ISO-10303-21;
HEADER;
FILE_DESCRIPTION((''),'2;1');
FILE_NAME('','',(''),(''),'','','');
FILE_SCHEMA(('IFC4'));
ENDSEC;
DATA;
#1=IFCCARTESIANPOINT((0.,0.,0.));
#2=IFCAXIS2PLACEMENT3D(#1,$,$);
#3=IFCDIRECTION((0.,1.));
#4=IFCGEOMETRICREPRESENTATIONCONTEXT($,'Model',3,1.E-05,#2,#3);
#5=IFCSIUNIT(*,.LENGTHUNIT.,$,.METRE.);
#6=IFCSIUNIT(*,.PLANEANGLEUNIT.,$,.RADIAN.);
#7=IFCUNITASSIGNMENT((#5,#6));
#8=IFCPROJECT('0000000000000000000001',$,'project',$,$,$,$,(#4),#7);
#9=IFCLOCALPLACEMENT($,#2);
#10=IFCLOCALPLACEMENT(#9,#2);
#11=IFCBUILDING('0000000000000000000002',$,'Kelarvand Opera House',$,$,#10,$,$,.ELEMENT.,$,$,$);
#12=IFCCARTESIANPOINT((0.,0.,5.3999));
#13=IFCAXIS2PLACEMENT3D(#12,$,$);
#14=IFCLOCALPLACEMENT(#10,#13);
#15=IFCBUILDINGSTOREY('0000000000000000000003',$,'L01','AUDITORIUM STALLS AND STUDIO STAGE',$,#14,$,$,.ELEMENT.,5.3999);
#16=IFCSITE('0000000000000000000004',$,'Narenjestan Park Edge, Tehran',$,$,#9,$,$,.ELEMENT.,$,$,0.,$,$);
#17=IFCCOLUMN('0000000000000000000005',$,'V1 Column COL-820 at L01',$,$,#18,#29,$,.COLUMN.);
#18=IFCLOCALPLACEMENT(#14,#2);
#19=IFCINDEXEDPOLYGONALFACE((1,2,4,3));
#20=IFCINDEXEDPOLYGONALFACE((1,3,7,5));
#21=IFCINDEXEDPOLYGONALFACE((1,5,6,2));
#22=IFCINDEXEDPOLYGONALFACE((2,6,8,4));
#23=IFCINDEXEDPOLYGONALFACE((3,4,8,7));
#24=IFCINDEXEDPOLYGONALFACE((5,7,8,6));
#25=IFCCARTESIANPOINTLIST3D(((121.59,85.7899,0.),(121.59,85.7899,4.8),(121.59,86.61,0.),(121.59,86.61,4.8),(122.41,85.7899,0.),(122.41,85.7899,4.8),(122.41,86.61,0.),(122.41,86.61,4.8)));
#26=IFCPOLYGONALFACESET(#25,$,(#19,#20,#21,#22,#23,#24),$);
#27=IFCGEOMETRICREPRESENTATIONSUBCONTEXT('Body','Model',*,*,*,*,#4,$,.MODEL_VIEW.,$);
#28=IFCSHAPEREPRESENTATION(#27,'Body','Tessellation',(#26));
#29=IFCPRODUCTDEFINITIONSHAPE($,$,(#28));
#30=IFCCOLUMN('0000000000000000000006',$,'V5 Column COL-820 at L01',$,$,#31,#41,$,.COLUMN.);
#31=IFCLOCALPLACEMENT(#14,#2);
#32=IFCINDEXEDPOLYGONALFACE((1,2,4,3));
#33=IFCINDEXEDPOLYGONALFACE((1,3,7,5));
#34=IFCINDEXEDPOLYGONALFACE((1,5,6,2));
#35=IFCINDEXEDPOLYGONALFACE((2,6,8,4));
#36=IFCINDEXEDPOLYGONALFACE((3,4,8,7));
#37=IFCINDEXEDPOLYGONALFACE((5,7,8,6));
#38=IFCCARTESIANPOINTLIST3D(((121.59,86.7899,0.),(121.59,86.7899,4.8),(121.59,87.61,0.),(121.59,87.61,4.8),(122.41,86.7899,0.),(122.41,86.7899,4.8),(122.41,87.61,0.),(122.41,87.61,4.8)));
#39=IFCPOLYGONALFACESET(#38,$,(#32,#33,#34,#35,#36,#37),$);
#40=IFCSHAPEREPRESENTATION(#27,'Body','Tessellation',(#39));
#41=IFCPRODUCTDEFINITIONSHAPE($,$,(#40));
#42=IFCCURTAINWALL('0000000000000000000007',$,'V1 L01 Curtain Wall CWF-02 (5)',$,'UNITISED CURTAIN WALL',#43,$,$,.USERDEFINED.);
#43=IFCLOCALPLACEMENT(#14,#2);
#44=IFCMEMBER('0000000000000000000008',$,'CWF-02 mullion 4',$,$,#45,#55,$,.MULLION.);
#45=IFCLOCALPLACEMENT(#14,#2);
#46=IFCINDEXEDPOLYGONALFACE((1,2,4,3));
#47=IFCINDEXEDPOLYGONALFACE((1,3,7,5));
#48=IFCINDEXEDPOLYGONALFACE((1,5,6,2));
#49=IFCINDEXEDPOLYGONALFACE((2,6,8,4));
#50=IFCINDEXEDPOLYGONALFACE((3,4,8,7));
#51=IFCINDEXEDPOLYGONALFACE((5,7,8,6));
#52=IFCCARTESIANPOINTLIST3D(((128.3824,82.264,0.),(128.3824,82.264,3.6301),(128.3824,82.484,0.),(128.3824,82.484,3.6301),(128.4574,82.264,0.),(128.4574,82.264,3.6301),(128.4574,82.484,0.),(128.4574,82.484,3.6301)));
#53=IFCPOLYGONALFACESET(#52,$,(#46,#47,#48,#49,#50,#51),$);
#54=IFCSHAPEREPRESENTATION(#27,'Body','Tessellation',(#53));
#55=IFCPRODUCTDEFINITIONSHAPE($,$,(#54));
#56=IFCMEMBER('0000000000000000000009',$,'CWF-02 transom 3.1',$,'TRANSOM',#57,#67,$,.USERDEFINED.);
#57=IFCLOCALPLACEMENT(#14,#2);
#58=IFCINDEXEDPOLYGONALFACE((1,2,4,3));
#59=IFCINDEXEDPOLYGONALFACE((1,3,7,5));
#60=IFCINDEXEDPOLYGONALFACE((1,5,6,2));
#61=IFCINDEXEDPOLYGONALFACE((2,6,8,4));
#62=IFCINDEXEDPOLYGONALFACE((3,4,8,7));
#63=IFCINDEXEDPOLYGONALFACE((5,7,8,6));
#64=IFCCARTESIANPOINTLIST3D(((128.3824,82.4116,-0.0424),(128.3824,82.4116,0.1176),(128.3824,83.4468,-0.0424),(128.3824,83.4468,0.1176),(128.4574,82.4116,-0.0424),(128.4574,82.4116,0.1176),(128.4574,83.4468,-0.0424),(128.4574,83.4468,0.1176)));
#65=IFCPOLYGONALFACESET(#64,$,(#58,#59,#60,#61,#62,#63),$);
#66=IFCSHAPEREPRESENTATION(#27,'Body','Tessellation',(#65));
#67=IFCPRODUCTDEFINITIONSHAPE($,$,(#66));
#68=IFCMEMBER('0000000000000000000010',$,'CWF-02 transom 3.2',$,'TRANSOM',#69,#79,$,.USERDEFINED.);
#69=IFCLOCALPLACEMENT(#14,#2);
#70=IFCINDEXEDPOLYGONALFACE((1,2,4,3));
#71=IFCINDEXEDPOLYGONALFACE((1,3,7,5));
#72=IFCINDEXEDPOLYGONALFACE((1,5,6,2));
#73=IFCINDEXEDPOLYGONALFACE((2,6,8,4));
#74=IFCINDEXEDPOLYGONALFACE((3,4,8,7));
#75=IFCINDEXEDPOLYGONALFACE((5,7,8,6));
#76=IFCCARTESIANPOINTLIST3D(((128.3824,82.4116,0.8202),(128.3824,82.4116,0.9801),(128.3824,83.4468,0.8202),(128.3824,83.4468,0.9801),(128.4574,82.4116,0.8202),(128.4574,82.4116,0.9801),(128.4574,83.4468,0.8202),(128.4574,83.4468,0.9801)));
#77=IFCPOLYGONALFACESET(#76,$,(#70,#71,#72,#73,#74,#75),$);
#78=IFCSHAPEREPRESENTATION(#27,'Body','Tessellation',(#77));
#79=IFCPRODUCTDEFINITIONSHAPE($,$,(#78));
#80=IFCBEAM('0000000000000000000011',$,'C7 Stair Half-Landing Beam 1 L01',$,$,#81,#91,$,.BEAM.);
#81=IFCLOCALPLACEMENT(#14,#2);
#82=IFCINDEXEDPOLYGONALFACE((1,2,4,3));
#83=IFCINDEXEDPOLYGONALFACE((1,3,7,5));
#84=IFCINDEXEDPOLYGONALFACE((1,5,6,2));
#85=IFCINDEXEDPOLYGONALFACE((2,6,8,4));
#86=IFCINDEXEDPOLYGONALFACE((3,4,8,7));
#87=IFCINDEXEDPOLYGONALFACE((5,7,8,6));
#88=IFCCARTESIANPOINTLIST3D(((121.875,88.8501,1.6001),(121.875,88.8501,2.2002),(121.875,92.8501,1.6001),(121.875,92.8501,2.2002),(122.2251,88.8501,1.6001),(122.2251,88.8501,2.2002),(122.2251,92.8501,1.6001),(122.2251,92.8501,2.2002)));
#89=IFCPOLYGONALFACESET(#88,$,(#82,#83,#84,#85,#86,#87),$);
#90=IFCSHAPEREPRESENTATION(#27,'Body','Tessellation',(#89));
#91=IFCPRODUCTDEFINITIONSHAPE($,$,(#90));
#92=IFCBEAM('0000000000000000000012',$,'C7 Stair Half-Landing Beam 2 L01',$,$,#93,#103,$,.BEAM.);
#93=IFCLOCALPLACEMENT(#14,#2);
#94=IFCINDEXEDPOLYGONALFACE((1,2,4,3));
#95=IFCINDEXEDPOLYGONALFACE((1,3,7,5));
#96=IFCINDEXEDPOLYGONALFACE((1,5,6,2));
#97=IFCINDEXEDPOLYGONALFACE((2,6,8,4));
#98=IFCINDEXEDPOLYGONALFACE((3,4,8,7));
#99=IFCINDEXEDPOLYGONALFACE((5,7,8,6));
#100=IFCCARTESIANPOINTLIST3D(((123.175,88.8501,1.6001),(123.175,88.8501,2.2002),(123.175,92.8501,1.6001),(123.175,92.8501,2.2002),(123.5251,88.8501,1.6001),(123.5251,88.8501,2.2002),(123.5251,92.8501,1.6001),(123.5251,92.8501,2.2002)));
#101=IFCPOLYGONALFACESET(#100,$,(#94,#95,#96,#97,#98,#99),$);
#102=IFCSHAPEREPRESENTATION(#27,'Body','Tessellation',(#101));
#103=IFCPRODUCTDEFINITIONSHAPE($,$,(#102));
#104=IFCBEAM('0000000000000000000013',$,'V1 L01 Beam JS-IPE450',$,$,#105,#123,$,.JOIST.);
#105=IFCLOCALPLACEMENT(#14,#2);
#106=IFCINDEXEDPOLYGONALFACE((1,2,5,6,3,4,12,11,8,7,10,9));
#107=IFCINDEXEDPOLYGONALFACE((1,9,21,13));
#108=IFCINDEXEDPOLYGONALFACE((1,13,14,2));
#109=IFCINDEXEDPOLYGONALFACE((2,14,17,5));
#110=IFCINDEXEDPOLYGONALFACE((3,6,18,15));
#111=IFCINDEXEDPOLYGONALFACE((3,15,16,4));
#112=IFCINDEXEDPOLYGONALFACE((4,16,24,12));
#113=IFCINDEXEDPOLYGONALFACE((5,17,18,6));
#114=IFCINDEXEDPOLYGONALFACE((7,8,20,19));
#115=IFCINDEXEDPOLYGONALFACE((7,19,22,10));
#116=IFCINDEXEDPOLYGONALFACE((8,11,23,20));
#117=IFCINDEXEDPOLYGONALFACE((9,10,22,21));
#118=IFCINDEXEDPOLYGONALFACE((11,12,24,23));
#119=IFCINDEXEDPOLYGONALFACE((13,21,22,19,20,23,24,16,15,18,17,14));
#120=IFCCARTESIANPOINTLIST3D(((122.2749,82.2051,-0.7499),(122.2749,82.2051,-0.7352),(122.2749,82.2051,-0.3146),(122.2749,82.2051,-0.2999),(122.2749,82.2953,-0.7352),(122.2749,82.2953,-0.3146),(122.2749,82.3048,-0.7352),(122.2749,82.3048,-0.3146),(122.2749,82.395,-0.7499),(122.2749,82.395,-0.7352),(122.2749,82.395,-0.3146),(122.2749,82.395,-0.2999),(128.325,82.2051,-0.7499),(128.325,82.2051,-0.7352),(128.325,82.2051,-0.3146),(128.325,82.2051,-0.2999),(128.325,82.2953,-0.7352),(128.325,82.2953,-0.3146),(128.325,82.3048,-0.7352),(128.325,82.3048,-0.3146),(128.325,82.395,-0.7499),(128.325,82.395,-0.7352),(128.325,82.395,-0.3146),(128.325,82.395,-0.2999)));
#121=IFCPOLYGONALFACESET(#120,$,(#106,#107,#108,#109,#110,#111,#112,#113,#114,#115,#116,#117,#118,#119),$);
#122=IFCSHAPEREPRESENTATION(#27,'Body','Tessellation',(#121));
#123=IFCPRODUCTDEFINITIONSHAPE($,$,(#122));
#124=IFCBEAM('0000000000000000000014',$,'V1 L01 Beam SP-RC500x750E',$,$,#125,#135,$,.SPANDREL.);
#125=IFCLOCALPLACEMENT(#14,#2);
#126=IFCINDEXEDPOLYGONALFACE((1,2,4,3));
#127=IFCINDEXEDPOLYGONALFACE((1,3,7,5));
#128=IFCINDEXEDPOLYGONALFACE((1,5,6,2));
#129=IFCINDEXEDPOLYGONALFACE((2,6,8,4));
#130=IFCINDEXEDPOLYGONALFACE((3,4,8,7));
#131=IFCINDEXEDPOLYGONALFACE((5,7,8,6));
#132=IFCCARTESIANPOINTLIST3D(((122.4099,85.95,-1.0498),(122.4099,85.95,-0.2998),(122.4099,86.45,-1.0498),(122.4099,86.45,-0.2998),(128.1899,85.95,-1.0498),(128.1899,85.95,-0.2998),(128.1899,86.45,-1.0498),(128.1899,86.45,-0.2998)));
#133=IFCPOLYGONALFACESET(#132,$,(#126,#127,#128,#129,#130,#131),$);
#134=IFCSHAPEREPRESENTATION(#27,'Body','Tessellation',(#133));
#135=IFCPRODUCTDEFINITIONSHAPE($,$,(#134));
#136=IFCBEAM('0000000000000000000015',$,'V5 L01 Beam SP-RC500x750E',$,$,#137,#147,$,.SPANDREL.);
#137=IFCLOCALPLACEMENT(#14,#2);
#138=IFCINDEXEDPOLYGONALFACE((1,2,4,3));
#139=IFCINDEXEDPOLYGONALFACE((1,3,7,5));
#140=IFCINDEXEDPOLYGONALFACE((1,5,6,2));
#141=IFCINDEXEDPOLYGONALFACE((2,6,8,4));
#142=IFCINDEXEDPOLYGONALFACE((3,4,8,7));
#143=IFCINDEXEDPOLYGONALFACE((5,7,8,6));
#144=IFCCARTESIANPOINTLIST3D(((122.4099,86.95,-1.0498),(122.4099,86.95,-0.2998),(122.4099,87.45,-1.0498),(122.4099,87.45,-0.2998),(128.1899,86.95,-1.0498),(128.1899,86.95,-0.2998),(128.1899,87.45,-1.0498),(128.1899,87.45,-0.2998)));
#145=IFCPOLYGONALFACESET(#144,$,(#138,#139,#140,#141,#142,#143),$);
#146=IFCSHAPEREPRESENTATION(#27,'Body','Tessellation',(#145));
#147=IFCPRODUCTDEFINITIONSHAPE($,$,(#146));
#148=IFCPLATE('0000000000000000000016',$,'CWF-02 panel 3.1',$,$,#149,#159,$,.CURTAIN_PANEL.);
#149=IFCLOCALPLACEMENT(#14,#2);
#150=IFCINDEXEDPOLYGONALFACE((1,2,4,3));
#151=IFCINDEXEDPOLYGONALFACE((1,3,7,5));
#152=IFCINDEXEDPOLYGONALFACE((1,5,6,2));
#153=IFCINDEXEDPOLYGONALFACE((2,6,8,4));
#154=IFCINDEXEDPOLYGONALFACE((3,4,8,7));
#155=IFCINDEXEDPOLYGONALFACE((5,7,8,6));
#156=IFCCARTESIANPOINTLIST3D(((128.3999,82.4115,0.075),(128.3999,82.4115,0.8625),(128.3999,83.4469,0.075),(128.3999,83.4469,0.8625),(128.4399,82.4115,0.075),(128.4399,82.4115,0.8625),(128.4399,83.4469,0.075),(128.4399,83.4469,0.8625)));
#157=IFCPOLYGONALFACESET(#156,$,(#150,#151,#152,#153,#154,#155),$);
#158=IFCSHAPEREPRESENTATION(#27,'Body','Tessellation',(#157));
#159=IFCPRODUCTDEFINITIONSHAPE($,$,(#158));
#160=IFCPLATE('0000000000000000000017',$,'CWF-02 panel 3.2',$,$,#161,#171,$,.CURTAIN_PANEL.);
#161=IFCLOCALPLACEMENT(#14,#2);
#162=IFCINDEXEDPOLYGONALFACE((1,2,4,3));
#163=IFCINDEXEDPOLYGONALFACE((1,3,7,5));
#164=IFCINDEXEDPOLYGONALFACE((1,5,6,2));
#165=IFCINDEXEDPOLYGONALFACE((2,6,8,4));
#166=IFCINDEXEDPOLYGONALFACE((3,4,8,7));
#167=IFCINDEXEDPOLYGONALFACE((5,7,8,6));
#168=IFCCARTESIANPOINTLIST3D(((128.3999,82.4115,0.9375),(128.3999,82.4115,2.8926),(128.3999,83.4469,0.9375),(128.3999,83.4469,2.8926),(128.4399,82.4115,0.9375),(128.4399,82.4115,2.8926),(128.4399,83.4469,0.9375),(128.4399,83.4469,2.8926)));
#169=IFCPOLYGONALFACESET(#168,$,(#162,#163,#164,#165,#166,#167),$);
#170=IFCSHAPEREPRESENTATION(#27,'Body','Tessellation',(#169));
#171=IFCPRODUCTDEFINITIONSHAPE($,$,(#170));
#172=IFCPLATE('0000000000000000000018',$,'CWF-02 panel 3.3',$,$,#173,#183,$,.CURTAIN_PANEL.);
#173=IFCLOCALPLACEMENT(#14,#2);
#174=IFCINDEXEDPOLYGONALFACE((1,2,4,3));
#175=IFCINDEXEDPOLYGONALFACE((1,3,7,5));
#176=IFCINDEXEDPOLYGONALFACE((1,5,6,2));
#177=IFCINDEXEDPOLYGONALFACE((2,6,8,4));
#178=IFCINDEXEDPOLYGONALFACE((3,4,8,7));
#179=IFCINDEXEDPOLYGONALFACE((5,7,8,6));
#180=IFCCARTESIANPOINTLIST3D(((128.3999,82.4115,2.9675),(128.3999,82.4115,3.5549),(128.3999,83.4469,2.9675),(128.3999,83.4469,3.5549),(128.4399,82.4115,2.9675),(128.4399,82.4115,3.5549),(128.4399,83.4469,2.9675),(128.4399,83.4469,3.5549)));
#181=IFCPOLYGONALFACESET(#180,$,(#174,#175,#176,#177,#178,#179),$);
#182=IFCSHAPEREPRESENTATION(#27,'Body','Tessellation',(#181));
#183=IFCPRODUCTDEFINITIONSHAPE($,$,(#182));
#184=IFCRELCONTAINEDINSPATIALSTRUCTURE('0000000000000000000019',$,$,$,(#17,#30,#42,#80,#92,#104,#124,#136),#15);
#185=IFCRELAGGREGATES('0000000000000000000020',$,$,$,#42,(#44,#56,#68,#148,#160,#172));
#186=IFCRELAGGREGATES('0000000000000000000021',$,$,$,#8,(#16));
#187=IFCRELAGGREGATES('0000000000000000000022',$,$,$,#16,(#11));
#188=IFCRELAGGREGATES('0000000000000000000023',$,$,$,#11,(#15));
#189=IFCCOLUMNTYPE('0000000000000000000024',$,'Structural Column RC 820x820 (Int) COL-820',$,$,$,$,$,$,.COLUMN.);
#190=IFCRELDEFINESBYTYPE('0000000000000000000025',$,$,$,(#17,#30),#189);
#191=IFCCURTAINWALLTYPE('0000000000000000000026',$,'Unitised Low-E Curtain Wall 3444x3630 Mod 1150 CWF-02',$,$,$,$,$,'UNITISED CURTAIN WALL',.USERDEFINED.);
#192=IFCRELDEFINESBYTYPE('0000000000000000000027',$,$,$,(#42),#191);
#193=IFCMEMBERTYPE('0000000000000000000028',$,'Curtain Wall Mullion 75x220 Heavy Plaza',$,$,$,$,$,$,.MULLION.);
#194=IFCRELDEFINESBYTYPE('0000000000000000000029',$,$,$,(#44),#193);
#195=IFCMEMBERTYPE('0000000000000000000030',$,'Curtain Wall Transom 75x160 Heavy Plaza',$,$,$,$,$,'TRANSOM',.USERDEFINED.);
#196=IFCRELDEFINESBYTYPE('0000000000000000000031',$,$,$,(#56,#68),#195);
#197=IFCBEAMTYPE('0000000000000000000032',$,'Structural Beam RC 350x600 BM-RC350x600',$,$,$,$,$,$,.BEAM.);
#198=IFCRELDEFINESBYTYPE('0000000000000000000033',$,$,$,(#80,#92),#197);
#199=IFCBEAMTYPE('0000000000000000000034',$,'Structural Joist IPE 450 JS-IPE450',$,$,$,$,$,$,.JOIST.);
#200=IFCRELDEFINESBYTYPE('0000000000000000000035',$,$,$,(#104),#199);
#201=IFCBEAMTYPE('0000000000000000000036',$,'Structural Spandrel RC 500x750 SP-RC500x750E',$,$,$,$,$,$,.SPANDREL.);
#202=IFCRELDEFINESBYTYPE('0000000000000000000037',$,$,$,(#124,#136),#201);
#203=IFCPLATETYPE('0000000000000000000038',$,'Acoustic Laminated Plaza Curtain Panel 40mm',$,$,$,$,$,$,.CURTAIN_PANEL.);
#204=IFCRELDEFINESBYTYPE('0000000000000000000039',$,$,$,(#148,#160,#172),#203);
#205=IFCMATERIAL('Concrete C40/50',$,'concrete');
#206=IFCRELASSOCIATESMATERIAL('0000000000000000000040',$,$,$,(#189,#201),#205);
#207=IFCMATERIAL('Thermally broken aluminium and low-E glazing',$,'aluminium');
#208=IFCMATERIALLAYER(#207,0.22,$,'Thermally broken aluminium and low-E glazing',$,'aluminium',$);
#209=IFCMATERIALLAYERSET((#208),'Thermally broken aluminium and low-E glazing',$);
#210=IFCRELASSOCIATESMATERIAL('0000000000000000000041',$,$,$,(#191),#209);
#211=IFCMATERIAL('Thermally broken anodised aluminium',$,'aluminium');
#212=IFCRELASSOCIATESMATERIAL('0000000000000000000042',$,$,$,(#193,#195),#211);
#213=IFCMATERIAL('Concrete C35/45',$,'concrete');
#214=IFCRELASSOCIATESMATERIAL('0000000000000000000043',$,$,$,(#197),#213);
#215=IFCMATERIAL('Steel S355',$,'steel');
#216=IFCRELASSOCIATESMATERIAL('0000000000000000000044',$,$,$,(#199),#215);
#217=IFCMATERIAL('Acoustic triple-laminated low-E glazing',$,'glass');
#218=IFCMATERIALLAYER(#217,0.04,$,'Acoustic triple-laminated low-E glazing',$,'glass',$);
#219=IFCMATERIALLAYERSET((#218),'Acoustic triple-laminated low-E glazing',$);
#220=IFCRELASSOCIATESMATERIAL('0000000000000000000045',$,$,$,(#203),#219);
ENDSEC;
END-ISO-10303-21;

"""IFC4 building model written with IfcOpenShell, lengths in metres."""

from ifc_helpers import new_model, si_unit, direction, frame, origin, origin_2d, place, context, subcontext, project, spatial, rectangle, i_section, extrude, material, layer, layer_set, material_profile, profile_set, type_object, element, aggregate, save


model = new_model("IFC4")

# Units and contexts
model_context = context("Model", 3, precision=1e-05, world=origin(), true_north=direction((0.0, 1.0)))
body_context = subcontext(model_context, "Body", "Model", "MODEL_VIEW")
ifc_project = project(units=[si_unit("LENGTHUNIT", "METRE"), si_unit("PLANEANGLEUNIT", "RADIAN")], contexts=[model_context])

# Site, building, storey
site_placement = place(None, origin())
site = spatial("IfcSite", under=ifc_project, at=site_placement, Name="Narenjestan Park Edge, Tehran", CompositionType="ELEMENT", RefElevation=0.0)
building_placement = place(site_placement, origin())
building = spatial("IfcBuilding", under=site, at=building_placement, Name="Kelarvand Opera House", CompositionType="ELEMENT")
storey_placement = place(building_placement, frame((0.0, 0.0, 5.3999)))
storey = spatial("IfcBuildingStorey", under=building, at=storey_placement, Name="L01", Description="AUDITORIUM STALLS AND STUDIO STAGE", CompositionType="ELEMENT", Elevation=5.3999)

# Columns
ifc_material_1 = material(Name="Concrete C40/50", Category="concrete")
ifc_material_profile_1 = material_profile(ifc_material_1, rectangle(XDim=0.8201, YDim=0.8201, at=origin_2d()), Name="RC 820x820", Category="concrete")
ifc_profile_set_1 = profile_set([ifc_material_profile_1], Name="Concrete C40/50")
column_type = type_object("IfcColumnType", Name="Structural Column RC 820x820 (Int) COL-820", PredefinedType="COLUMN", material=ifc_profile_set_1)
for number, where, z_axis, x_axis, name in (
    (1, (122.0, 86.2, 0.0), (0.0, 0.0, 1.0), (1.0, 0.0, 0.0), "V1 Column COL-820 at L01"),
    (2, (122.0, 87.2, 0.0), (0.0, 0.0, 1.0), (1.0, 0.0, 0.0), "V5 Column COL-820 at L01"),
):
    element("IfcColumn", number, at=place(storey_placement, frame(where, z_axis=z_axis, x_axis=x_axis)), inside=storey, type_object=column_type, Name=name, PredefinedType="COLUMN", context=body_context, shape_type="SweptSolid", body=[
        extrude(rectangle(XDim=0.8201, YDim=0.8201, at=origin_2d()), origin(), (0.0, 0.0, 1.0), 4.8),
    ])

# Curtain wall, members
ifc_material_2 = material(Name="Thermally broken aluminium and low-E glazing", Category="aluminium")
ifc_layer_1 = layer(ifc_material_2, 0.22, Name="Thermally broken aluminium and low-E glazing", Category="aluminium")
ifc_layer_set_1 = layer_set([ifc_layer_1], Name="Thermally broken aluminium and low-E glazing")
curtain_wall_type = type_object("IfcCurtainWallType", Name="Unitised Low-E Curtain Wall 3444x3630 Mod 1150 CWF-02", ElementType="UNITISED CURTAIN WALL", PredefinedType="USERDEFINED", material=ifc_layer_set_1)
curtain_wall_placement = place(storey_placement, origin())
curtain_wall = element("IfcCurtainWall", 3, at=curtain_wall_placement, inside=storey, type_object=curtain_wall_type, Name="V1 L01 Curtain Wall CWF-02 (5)", ObjectType="UNITISED CURTAIN WALL", PredefinedType="USERDEFINED")
ifc_material_3 = material(Name="Thermally broken anodised aluminium", Category="aluminium")
ifc_material_profile_2 = material_profile(ifc_material_3, rectangle(XDim=0.075, YDim=0.22, at=origin_2d()), Name="ALU MULLION 75x220", Category="aluminium")
ifc_profile_set_2 = profile_set([ifc_material_profile_2], Name="Thermally broken anodised aluminium")
member_type_1 = type_object("IfcMemberType", Name="Curtain Wall Mullion 75x220 Heavy Plaza", PredefinedType="MULLION", material=ifc_profile_set_2)
member_1_placement = place(storey_placement, frame((128.4199, 82.374, 0.0), z_axis=(0.0, 0.0, 1.0), x_axis=(1.0, 0.0, 0.0)))
member_1 = element("IfcMember", 4, at=member_1_placement, type_object=member_type_1, Name="CWF-02 mullion 4", PredefinedType="MULLION", context=body_context, shape_type="SweptSolid", body=[
    extrude(rectangle(XDim=0.075, YDim=0.22, at=origin_2d()), origin(), (0.0, 0.0, 1.0), 3.6301),
])
ifc_material_profile_3 = material_profile(ifc_material_3, rectangle(XDim=0.075, YDim=0.1599, at=origin_2d()), Name="ALU TRANSOM 75x160", Category="aluminium")
ifc_profile_set_3 = profile_set([ifc_material_profile_3], Name="Thermally broken anodised aluminium")
member_type_2 = type_object("IfcMemberType", Name="Curtain Wall Transom 75x160 Heavy Plaza", ElementType="TRANSOM", PredefinedType="USERDEFINED", material=ifc_profile_set_3)
member_2_placement = place(storey_placement, frame((128.4199, 83.4468, 0.0376), z_axis=(0.0, -1.0, 0.0), x_axis=(1.0, 0.0, 0.0)))
member_2 = element("IfcMember", 5, at=member_2_placement, type_object=member_type_2, Name="CWF-02 transom 3.1", ObjectType="TRANSOM", PredefinedType="USERDEFINED", context=body_context, shape_type="SweptSolid", body=[
    extrude(rectangle(XDim=0.075, YDim=0.1599, at=origin_2d()), origin(), (0.0, 0.0, 1.0), 1.0352),
])
member_3_placement = place(storey_placement, frame((128.4199, 83.4468, 0.9001), z_axis=(0.0, -1.0, 0.0), x_axis=(1.0, 0.0, 0.0)))
member_3 = element("IfcMember", 6, at=member_3_placement, type_object=member_type_2, Name="CWF-02 transom 3.2", ObjectType="TRANSOM", PredefinedType="USERDEFINED", context=body_context, shape_type="SweptSolid", body=[
    extrude(rectangle(XDim=0.075, YDim=0.1599, at=origin_2d()), origin(), (0.0, 0.0, 1.0), 1.0352),
])

# Beams
ifc_material_4 = material(Name="Concrete C35/45", Category="concrete")
ifc_material_profile_4 = material_profile(ifc_material_4, rectangle(XDim=0.3501, YDim=0.6001, at=origin_2d()), Name="RC 350x600", Category="concrete")
ifc_profile_set_4 = profile_set([ifc_material_profile_4], Name="Concrete C35/45")
beam_type_1 = type_object("IfcBeamType", Name="Structural Beam RC 350x600 BM-RC350x600", PredefinedType="BEAM", material=ifc_profile_set_4)
for number, where, z_axis, x_axis, name in (
    (7, (122.05, 88.8501, 1.9001), (0.0, 1.0, 0.0), (-1.0, 0.0, 0.0), "C7 Stair Half-Landing Beam 1 L01"),
    (8, (123.3501, 88.8501, 1.9001), (0.0, 1.0, 0.0), (-1.0, 0.0, 0.0), "C7 Stair Half-Landing Beam 2 L01"),
):
    element("IfcBeam", number, at=place(storey_placement, frame(where, z_axis=z_axis, x_axis=x_axis)), inside=storey, type_object=beam_type_1, Name=name, PredefinedType="BEAM", context=body_context, shape_type="SweptSolid", body=[
        extrude(rectangle(XDim=0.3501, YDim=0.6001, at=origin_2d()), origin(), (0.0, 0.0, 1.0), 4.0),
    ])
ifc_material_5 = material(Name="Steel S355", Category="steel")
ifc_material_profile_5 = material_profile(ifc_material_5, i_section(OverallWidth=0.1899, OverallDepth=0.45, WebThickness=0.0095, FlangeThickness=0.0146, at=origin_2d()), Name="IPE 450", Category="steel")
ifc_profile_set_5 = profile_set([ifc_material_profile_5], Name="Steel S355")
beam_type_2 = type_object("IfcBeamType", Name="Structural Joist IPE 450 JS-IPE450", PredefinedType="JOIST", material=ifc_profile_set_5)
beam_placement = place(storey_placement, frame((122.2749, 82.3, -0.5249), z_axis=(1.0, 0.0, 0.0), x_axis=(0.0, 1.0, 0.0)))
element("IfcBeam", 9, at=beam_placement, inside=storey, type_object=beam_type_2, Name="V1 L01 Beam JS-IPE450", PredefinedType="JOIST", context=body_context, shape_type="SweptSolid", body=[
    extrude(i_section(OverallWidth=0.1899, OverallDepth=0.45, WebThickness=0.0095, FlangeThickness=0.0146, at=origin_2d()), origin(), (0.0, 0.0, 1.0), 6.05),
])
ifc_material_profile_6 = material_profile(ifc_material_1, rectangle(XDim=0.5, YDim=0.75, at=origin_2d()), Name="RC 500x750", Category="concrete")
ifc_profile_set_6 = profile_set([ifc_material_profile_6], Name="Concrete C40/50")
beam_type_3 = type_object("IfcBeamType", Name="Structural Spandrel RC 500x750 SP-RC500x750E", PredefinedType="SPANDREL", material=ifc_profile_set_6)
for number, where, z_axis, x_axis, name in (
    (10, (122.4099, 86.2, -0.6748), (1.0, 0.0, 0.0), (0.0, 1.0, 0.0), "V1 L01 Beam SP-RC500x750E"),
    (11, (122.4099, 87.2, -0.6748), (1.0, 0.0, 0.0), (0.0, 1.0, 0.0), "V5 L01 Beam SP-RC500x750E"),
):
    element("IfcBeam", number, at=place(storey_placement, frame(where, z_axis=z_axis, x_axis=x_axis)), inside=storey, type_object=beam_type_3, Name=name, PredefinedType="SPANDREL", context=body_context, shape_type="SweptSolid", body=[
        extrude(rectangle(XDim=0.5, YDim=0.75, at=origin_2d()), origin(), (0.0, 0.0, 1.0), 5.78),
    ])

# Plates
ifc_material_6 = material(Name="Acoustic triple-laminated low-E glazing", Category="glass")
ifc_layer_2 = layer(ifc_material_6, 0.04, Name="Acoustic triple-laminated low-E glazing", Category="glass")
ifc_layer_set_2 = layer_set([ifc_layer_2], Name="Acoustic triple-laminated low-E glazing")
plate_type = type_object("IfcPlateType", Name="Acoustic Laminated Plaza Curtain Panel 40mm", PredefinedType="CURTAIN_PANEL", material=ifc_layer_set_2)
plate_1_placement = place(storey_placement, frame((128.4199, 82.9292, 0.075), z_axis=(0.0, 0.0, 1.0), x_axis=(0.0, -1.0, 0.0)))
plate_1 = element("IfcPlate", 12, at=plate_1_placement, type_object=plate_type, Name="CWF-02 panel 3.1", PredefinedType="CURTAIN_PANEL", context=body_context, shape_type="SweptSolid", body=[
    extrude(rectangle(XDim=1.0354, YDim=0.04, at=origin_2d()), origin(), (0.0, 0.0, 1.0), 0.7876),
])
plate_2_placement = place(storey_placement, frame((128.4199, 82.9292, 0.9375), z_axis=(0.0, 0.0, 1.0), x_axis=(0.0, -1.0, 0.0)))
plate_2 = element("IfcPlate", 13, at=plate_2_placement, type_object=plate_type, Name="CWF-02 panel 3.2", PredefinedType="CURTAIN_PANEL", context=body_context, shape_type="SweptSolid", body=[
    extrude(rectangle(XDim=1.0354, YDim=0.04, at=origin_2d()), origin(), (0.0, 0.0, 1.0), 1.9551),
])
plate_3_placement = place(storey_placement, frame((128.4199, 82.9292, 2.9675), z_axis=(0.0, 0.0, 1.0), x_axis=(0.0, -1.0, 0.0)))
plate_3 = element("IfcPlate", 14, at=plate_3_placement, type_object=plate_type, Name="CWF-02 panel 3.3", PredefinedType="CURTAIN_PANEL", context=body_context, shape_type="SweptSolid", body=[
    extrude(rectangle(XDim=1.0354, YDim=0.04, at=origin_2d()), origin(), (0.0, 0.0, 1.0), 0.5874),
])
aggregate(curtain_wall, [member_1, member_2, member_3, plate_1, plate_2, plate_3])

save(model, "model.ifc")
